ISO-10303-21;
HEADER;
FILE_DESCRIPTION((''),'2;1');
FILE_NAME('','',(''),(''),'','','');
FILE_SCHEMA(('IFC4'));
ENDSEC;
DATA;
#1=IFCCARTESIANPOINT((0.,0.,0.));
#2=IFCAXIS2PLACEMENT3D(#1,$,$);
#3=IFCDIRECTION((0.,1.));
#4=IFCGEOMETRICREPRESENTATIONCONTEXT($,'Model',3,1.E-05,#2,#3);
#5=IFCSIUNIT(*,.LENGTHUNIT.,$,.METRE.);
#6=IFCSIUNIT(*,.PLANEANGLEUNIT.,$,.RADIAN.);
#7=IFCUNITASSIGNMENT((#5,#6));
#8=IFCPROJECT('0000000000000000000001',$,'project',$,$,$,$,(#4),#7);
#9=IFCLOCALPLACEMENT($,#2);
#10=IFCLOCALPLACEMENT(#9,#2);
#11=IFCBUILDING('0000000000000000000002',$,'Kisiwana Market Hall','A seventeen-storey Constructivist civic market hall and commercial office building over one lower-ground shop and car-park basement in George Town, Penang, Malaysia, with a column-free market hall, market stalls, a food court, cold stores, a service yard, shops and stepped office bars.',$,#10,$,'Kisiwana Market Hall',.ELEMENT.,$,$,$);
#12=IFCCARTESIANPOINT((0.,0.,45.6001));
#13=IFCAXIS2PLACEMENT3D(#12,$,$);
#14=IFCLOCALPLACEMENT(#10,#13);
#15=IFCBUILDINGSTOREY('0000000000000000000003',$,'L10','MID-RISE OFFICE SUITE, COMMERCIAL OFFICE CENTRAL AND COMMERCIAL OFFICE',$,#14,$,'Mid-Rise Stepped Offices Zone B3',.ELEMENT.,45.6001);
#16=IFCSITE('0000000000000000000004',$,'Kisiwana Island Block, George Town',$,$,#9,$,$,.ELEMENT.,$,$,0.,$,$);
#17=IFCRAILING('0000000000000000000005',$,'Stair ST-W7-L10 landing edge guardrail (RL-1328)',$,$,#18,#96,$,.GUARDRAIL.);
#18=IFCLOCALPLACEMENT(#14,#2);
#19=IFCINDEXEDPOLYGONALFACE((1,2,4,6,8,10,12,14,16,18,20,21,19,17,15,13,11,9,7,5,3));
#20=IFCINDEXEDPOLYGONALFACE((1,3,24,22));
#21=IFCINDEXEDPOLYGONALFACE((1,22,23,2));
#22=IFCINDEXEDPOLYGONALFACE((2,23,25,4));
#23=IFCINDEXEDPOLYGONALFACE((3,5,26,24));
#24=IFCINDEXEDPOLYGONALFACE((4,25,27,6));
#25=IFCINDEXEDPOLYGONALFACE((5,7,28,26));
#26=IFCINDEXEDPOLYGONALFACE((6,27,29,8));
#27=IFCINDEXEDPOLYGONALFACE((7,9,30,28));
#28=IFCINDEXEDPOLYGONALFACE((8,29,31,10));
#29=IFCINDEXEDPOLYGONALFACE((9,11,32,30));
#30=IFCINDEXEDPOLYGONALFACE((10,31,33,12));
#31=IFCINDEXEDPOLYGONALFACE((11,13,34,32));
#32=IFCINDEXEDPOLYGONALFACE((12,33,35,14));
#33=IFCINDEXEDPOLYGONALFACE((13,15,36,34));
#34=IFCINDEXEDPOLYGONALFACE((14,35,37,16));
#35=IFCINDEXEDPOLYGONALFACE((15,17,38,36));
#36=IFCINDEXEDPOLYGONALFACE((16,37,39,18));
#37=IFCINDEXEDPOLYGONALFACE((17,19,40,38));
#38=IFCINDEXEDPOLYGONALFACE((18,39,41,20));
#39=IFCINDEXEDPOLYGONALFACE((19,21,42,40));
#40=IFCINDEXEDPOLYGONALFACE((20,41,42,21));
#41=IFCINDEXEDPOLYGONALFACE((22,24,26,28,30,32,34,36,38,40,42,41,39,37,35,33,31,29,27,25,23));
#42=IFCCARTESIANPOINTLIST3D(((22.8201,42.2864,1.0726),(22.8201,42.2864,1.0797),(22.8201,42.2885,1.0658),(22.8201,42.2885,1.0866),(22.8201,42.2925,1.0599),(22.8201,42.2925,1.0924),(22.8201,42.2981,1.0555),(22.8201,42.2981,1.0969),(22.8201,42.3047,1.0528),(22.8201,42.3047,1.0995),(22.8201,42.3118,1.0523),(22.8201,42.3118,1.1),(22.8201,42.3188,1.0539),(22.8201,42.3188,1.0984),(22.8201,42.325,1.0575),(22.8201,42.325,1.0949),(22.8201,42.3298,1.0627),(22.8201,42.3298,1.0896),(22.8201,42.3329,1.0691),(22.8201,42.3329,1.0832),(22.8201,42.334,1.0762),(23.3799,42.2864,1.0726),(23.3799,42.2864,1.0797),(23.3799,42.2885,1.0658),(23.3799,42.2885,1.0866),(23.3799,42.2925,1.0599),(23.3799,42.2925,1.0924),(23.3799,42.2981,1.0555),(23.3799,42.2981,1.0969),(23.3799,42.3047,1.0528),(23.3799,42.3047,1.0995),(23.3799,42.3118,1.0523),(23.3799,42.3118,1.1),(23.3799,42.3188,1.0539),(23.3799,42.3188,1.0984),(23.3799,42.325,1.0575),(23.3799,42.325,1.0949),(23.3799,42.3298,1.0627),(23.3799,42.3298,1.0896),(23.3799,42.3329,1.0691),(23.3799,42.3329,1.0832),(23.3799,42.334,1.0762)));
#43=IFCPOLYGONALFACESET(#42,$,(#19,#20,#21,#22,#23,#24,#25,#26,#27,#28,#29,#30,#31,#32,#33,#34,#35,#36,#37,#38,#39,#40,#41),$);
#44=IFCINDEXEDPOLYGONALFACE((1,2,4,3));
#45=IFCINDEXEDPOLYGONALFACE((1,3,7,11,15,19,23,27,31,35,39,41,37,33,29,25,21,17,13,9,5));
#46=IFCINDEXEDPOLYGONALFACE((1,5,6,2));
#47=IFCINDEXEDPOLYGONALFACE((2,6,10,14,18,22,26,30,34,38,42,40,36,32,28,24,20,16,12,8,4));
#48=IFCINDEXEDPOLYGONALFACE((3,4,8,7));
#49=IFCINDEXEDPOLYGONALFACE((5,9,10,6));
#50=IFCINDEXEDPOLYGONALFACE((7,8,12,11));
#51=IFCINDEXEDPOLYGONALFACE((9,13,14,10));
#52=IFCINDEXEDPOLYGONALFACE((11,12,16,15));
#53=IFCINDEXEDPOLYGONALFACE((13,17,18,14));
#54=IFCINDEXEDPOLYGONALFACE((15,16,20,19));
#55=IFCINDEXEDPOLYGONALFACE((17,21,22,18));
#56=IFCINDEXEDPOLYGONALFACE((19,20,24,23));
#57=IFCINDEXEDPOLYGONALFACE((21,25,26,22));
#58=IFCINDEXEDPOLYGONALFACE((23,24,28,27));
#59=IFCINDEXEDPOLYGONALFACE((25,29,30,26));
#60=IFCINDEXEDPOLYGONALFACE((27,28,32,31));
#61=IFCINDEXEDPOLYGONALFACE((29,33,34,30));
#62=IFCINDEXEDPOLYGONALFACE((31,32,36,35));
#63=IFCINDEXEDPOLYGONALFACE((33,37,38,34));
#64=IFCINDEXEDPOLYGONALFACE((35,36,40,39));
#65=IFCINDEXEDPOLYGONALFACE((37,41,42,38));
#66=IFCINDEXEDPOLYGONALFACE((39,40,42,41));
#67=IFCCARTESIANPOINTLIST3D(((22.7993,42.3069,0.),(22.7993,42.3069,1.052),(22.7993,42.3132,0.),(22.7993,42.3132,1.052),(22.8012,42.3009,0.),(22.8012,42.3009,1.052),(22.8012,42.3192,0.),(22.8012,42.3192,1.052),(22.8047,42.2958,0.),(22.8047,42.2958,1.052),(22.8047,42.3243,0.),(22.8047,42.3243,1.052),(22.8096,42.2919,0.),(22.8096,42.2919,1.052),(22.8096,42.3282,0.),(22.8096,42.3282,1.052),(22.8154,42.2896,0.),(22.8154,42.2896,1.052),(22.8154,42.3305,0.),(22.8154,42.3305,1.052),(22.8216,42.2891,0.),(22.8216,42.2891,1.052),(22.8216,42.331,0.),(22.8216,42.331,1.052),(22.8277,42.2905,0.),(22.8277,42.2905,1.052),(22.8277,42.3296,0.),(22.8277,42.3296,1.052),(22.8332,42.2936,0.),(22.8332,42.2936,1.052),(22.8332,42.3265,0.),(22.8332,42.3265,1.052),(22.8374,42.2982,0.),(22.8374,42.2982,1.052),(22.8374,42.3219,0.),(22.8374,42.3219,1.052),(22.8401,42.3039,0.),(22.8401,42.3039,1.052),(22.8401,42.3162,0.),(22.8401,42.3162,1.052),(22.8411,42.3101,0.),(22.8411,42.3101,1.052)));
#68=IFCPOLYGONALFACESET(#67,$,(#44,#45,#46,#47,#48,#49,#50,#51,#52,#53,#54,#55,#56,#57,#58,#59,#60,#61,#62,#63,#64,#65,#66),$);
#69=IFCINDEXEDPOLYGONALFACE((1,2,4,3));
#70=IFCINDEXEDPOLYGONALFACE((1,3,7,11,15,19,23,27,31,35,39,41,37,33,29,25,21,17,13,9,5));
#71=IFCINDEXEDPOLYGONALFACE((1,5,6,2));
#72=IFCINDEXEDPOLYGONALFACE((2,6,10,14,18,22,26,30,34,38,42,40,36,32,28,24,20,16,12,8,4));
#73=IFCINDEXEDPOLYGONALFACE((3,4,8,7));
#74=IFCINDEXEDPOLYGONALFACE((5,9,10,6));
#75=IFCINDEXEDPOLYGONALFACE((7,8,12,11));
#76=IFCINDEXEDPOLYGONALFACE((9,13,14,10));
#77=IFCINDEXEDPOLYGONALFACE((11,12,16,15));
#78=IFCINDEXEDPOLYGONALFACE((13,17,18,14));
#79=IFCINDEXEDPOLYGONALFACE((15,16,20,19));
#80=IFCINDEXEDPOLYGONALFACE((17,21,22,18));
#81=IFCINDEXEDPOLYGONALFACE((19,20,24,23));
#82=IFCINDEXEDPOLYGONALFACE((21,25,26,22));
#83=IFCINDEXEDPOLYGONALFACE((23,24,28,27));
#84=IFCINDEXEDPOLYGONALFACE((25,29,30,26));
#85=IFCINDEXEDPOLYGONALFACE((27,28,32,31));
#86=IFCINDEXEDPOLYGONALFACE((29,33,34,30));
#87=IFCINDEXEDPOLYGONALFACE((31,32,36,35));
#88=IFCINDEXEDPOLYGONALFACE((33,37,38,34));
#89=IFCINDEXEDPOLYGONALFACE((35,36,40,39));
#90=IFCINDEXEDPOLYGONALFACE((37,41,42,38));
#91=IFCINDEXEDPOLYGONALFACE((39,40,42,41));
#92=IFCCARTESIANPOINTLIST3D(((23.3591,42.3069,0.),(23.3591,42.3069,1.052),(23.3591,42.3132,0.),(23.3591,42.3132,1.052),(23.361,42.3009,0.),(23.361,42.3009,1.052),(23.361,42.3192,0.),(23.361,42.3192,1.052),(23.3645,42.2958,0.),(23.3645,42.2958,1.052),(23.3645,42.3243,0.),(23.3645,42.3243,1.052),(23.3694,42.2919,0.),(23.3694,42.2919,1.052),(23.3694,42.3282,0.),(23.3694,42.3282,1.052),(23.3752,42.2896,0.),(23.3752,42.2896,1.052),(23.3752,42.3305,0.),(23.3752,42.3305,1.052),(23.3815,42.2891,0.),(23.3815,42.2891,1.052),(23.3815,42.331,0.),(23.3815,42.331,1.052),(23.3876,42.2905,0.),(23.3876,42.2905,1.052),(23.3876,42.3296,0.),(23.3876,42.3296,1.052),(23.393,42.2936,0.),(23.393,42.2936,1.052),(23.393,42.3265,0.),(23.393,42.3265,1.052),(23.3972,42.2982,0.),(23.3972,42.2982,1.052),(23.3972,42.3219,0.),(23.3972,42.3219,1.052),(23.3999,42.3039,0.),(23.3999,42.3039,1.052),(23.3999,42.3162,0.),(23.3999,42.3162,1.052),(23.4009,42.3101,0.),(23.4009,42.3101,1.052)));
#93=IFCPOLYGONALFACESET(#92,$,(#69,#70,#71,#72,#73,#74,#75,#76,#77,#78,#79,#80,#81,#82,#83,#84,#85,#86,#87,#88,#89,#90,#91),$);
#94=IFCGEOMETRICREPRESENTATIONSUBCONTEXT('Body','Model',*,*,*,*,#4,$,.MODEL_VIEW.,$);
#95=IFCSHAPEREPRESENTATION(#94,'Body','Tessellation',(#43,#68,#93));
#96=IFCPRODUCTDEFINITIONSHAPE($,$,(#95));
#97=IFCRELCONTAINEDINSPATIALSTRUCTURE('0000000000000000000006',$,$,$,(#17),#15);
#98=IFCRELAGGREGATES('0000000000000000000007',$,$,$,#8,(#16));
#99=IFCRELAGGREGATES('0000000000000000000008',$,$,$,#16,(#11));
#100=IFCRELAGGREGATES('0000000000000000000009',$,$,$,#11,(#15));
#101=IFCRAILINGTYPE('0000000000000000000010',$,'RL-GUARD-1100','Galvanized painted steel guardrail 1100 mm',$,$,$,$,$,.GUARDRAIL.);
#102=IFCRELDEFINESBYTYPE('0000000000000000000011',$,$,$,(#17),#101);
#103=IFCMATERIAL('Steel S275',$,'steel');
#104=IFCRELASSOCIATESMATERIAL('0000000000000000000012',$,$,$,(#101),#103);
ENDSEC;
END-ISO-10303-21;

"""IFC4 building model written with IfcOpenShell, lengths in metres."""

from ifc_helpers import new_model, si_unit, direction, frame, origin, origin_2d, place, context, subcontext, project, spatial, circle, extrude, material, type_object, element, save


model = new_model("IFC4")

# Units and contexts
model_context = context("Model", 3, precision=1e-05, world=origin(), true_north=direction((0.0, 1.0)))
body_context = subcontext(model_context, "Body", "Model", "MODEL_VIEW")
ifc_project = project(units=[si_unit("LENGTHUNIT", "METRE"), si_unit("PLANEANGLEUNIT", "RADIAN")], contexts=[model_context])

# Site, building, storey
site_placement = place(None, origin())
site = spatial("IfcSite", under=ifc_project, at=site_placement, Name="Kisiwana Island Block, George Town", CompositionType="ELEMENT", RefElevation=0.0)
building_placement = place(site_placement, origin())
building = spatial("IfcBuilding", under=site, at=building_placement, Name="Kisiwana Market Hall", Description="A seventeen-storey Constructivist civic market hall and commercial office building over one lower-ground shop and car-park basement in George Town, Penang, Malaysia, with a column-free market hall, market stalls, a food court, cold stores, a service yard, shops and stepped office bars.", LongName="Kisiwana Market Hall", CompositionType="ELEMENT")
storey_placement = place(building_placement, frame((0.0, 0.0, 45.6001)))
storey = spatial("IfcBuildingStorey", under=building, at=storey_placement, Name="L10", Description="MID-RISE OFFICE SUITE, COMMERCIAL OFFICE CENTRAL AND COMMERCIAL OFFICE", LongName="Mid-Rise Stepped Offices Zone B3", CompositionType="ELEMENT", Elevation=45.6001)

# Railing
ifc_material_1 = material(Name="Steel S275", Category="steel")
railing_type_1 = type_object("IfcRailingType", Name="RL-GUARD-1100", Description="Galvanized painted steel guardrail 1100 mm", PredefinedType="GUARDRAIL", material=ifc_material_1)
railing_1_placement = place(storey_placement, frame((22.8201, 42.3101, 0.0)))
element("IfcRailing", 1, at=railing_1_placement, inside=storey, type_object=railing_type_1, Name="Stair ST-W7-L10 landing edge guardrail (RL-1328)", PredefinedType="GUARDRAIL", context=body_context, shape_type="SweptSolid", body=[
    extrude(circle(Radius=0.0239, at=origin_2d()), frame((0.0, 0.0, 1.0762), z_axis=(1.0, 0.0, 0.0), x_axis=(0.0, 1.0, 0.0)), (0.0, 0.0, 1.0), 0.5598),
    extrude(circle(Radius=0.021, at=origin_2d()), origin(), (0.0, 0.0, 1.0), 1.052),
    extrude(circle(Radius=0.021, at=origin_2d()), frame((0.5598, 0.0, 0.0)), (0.0, 0.0, 1.0), 1.052),
])

save(model, "model.ifc")
